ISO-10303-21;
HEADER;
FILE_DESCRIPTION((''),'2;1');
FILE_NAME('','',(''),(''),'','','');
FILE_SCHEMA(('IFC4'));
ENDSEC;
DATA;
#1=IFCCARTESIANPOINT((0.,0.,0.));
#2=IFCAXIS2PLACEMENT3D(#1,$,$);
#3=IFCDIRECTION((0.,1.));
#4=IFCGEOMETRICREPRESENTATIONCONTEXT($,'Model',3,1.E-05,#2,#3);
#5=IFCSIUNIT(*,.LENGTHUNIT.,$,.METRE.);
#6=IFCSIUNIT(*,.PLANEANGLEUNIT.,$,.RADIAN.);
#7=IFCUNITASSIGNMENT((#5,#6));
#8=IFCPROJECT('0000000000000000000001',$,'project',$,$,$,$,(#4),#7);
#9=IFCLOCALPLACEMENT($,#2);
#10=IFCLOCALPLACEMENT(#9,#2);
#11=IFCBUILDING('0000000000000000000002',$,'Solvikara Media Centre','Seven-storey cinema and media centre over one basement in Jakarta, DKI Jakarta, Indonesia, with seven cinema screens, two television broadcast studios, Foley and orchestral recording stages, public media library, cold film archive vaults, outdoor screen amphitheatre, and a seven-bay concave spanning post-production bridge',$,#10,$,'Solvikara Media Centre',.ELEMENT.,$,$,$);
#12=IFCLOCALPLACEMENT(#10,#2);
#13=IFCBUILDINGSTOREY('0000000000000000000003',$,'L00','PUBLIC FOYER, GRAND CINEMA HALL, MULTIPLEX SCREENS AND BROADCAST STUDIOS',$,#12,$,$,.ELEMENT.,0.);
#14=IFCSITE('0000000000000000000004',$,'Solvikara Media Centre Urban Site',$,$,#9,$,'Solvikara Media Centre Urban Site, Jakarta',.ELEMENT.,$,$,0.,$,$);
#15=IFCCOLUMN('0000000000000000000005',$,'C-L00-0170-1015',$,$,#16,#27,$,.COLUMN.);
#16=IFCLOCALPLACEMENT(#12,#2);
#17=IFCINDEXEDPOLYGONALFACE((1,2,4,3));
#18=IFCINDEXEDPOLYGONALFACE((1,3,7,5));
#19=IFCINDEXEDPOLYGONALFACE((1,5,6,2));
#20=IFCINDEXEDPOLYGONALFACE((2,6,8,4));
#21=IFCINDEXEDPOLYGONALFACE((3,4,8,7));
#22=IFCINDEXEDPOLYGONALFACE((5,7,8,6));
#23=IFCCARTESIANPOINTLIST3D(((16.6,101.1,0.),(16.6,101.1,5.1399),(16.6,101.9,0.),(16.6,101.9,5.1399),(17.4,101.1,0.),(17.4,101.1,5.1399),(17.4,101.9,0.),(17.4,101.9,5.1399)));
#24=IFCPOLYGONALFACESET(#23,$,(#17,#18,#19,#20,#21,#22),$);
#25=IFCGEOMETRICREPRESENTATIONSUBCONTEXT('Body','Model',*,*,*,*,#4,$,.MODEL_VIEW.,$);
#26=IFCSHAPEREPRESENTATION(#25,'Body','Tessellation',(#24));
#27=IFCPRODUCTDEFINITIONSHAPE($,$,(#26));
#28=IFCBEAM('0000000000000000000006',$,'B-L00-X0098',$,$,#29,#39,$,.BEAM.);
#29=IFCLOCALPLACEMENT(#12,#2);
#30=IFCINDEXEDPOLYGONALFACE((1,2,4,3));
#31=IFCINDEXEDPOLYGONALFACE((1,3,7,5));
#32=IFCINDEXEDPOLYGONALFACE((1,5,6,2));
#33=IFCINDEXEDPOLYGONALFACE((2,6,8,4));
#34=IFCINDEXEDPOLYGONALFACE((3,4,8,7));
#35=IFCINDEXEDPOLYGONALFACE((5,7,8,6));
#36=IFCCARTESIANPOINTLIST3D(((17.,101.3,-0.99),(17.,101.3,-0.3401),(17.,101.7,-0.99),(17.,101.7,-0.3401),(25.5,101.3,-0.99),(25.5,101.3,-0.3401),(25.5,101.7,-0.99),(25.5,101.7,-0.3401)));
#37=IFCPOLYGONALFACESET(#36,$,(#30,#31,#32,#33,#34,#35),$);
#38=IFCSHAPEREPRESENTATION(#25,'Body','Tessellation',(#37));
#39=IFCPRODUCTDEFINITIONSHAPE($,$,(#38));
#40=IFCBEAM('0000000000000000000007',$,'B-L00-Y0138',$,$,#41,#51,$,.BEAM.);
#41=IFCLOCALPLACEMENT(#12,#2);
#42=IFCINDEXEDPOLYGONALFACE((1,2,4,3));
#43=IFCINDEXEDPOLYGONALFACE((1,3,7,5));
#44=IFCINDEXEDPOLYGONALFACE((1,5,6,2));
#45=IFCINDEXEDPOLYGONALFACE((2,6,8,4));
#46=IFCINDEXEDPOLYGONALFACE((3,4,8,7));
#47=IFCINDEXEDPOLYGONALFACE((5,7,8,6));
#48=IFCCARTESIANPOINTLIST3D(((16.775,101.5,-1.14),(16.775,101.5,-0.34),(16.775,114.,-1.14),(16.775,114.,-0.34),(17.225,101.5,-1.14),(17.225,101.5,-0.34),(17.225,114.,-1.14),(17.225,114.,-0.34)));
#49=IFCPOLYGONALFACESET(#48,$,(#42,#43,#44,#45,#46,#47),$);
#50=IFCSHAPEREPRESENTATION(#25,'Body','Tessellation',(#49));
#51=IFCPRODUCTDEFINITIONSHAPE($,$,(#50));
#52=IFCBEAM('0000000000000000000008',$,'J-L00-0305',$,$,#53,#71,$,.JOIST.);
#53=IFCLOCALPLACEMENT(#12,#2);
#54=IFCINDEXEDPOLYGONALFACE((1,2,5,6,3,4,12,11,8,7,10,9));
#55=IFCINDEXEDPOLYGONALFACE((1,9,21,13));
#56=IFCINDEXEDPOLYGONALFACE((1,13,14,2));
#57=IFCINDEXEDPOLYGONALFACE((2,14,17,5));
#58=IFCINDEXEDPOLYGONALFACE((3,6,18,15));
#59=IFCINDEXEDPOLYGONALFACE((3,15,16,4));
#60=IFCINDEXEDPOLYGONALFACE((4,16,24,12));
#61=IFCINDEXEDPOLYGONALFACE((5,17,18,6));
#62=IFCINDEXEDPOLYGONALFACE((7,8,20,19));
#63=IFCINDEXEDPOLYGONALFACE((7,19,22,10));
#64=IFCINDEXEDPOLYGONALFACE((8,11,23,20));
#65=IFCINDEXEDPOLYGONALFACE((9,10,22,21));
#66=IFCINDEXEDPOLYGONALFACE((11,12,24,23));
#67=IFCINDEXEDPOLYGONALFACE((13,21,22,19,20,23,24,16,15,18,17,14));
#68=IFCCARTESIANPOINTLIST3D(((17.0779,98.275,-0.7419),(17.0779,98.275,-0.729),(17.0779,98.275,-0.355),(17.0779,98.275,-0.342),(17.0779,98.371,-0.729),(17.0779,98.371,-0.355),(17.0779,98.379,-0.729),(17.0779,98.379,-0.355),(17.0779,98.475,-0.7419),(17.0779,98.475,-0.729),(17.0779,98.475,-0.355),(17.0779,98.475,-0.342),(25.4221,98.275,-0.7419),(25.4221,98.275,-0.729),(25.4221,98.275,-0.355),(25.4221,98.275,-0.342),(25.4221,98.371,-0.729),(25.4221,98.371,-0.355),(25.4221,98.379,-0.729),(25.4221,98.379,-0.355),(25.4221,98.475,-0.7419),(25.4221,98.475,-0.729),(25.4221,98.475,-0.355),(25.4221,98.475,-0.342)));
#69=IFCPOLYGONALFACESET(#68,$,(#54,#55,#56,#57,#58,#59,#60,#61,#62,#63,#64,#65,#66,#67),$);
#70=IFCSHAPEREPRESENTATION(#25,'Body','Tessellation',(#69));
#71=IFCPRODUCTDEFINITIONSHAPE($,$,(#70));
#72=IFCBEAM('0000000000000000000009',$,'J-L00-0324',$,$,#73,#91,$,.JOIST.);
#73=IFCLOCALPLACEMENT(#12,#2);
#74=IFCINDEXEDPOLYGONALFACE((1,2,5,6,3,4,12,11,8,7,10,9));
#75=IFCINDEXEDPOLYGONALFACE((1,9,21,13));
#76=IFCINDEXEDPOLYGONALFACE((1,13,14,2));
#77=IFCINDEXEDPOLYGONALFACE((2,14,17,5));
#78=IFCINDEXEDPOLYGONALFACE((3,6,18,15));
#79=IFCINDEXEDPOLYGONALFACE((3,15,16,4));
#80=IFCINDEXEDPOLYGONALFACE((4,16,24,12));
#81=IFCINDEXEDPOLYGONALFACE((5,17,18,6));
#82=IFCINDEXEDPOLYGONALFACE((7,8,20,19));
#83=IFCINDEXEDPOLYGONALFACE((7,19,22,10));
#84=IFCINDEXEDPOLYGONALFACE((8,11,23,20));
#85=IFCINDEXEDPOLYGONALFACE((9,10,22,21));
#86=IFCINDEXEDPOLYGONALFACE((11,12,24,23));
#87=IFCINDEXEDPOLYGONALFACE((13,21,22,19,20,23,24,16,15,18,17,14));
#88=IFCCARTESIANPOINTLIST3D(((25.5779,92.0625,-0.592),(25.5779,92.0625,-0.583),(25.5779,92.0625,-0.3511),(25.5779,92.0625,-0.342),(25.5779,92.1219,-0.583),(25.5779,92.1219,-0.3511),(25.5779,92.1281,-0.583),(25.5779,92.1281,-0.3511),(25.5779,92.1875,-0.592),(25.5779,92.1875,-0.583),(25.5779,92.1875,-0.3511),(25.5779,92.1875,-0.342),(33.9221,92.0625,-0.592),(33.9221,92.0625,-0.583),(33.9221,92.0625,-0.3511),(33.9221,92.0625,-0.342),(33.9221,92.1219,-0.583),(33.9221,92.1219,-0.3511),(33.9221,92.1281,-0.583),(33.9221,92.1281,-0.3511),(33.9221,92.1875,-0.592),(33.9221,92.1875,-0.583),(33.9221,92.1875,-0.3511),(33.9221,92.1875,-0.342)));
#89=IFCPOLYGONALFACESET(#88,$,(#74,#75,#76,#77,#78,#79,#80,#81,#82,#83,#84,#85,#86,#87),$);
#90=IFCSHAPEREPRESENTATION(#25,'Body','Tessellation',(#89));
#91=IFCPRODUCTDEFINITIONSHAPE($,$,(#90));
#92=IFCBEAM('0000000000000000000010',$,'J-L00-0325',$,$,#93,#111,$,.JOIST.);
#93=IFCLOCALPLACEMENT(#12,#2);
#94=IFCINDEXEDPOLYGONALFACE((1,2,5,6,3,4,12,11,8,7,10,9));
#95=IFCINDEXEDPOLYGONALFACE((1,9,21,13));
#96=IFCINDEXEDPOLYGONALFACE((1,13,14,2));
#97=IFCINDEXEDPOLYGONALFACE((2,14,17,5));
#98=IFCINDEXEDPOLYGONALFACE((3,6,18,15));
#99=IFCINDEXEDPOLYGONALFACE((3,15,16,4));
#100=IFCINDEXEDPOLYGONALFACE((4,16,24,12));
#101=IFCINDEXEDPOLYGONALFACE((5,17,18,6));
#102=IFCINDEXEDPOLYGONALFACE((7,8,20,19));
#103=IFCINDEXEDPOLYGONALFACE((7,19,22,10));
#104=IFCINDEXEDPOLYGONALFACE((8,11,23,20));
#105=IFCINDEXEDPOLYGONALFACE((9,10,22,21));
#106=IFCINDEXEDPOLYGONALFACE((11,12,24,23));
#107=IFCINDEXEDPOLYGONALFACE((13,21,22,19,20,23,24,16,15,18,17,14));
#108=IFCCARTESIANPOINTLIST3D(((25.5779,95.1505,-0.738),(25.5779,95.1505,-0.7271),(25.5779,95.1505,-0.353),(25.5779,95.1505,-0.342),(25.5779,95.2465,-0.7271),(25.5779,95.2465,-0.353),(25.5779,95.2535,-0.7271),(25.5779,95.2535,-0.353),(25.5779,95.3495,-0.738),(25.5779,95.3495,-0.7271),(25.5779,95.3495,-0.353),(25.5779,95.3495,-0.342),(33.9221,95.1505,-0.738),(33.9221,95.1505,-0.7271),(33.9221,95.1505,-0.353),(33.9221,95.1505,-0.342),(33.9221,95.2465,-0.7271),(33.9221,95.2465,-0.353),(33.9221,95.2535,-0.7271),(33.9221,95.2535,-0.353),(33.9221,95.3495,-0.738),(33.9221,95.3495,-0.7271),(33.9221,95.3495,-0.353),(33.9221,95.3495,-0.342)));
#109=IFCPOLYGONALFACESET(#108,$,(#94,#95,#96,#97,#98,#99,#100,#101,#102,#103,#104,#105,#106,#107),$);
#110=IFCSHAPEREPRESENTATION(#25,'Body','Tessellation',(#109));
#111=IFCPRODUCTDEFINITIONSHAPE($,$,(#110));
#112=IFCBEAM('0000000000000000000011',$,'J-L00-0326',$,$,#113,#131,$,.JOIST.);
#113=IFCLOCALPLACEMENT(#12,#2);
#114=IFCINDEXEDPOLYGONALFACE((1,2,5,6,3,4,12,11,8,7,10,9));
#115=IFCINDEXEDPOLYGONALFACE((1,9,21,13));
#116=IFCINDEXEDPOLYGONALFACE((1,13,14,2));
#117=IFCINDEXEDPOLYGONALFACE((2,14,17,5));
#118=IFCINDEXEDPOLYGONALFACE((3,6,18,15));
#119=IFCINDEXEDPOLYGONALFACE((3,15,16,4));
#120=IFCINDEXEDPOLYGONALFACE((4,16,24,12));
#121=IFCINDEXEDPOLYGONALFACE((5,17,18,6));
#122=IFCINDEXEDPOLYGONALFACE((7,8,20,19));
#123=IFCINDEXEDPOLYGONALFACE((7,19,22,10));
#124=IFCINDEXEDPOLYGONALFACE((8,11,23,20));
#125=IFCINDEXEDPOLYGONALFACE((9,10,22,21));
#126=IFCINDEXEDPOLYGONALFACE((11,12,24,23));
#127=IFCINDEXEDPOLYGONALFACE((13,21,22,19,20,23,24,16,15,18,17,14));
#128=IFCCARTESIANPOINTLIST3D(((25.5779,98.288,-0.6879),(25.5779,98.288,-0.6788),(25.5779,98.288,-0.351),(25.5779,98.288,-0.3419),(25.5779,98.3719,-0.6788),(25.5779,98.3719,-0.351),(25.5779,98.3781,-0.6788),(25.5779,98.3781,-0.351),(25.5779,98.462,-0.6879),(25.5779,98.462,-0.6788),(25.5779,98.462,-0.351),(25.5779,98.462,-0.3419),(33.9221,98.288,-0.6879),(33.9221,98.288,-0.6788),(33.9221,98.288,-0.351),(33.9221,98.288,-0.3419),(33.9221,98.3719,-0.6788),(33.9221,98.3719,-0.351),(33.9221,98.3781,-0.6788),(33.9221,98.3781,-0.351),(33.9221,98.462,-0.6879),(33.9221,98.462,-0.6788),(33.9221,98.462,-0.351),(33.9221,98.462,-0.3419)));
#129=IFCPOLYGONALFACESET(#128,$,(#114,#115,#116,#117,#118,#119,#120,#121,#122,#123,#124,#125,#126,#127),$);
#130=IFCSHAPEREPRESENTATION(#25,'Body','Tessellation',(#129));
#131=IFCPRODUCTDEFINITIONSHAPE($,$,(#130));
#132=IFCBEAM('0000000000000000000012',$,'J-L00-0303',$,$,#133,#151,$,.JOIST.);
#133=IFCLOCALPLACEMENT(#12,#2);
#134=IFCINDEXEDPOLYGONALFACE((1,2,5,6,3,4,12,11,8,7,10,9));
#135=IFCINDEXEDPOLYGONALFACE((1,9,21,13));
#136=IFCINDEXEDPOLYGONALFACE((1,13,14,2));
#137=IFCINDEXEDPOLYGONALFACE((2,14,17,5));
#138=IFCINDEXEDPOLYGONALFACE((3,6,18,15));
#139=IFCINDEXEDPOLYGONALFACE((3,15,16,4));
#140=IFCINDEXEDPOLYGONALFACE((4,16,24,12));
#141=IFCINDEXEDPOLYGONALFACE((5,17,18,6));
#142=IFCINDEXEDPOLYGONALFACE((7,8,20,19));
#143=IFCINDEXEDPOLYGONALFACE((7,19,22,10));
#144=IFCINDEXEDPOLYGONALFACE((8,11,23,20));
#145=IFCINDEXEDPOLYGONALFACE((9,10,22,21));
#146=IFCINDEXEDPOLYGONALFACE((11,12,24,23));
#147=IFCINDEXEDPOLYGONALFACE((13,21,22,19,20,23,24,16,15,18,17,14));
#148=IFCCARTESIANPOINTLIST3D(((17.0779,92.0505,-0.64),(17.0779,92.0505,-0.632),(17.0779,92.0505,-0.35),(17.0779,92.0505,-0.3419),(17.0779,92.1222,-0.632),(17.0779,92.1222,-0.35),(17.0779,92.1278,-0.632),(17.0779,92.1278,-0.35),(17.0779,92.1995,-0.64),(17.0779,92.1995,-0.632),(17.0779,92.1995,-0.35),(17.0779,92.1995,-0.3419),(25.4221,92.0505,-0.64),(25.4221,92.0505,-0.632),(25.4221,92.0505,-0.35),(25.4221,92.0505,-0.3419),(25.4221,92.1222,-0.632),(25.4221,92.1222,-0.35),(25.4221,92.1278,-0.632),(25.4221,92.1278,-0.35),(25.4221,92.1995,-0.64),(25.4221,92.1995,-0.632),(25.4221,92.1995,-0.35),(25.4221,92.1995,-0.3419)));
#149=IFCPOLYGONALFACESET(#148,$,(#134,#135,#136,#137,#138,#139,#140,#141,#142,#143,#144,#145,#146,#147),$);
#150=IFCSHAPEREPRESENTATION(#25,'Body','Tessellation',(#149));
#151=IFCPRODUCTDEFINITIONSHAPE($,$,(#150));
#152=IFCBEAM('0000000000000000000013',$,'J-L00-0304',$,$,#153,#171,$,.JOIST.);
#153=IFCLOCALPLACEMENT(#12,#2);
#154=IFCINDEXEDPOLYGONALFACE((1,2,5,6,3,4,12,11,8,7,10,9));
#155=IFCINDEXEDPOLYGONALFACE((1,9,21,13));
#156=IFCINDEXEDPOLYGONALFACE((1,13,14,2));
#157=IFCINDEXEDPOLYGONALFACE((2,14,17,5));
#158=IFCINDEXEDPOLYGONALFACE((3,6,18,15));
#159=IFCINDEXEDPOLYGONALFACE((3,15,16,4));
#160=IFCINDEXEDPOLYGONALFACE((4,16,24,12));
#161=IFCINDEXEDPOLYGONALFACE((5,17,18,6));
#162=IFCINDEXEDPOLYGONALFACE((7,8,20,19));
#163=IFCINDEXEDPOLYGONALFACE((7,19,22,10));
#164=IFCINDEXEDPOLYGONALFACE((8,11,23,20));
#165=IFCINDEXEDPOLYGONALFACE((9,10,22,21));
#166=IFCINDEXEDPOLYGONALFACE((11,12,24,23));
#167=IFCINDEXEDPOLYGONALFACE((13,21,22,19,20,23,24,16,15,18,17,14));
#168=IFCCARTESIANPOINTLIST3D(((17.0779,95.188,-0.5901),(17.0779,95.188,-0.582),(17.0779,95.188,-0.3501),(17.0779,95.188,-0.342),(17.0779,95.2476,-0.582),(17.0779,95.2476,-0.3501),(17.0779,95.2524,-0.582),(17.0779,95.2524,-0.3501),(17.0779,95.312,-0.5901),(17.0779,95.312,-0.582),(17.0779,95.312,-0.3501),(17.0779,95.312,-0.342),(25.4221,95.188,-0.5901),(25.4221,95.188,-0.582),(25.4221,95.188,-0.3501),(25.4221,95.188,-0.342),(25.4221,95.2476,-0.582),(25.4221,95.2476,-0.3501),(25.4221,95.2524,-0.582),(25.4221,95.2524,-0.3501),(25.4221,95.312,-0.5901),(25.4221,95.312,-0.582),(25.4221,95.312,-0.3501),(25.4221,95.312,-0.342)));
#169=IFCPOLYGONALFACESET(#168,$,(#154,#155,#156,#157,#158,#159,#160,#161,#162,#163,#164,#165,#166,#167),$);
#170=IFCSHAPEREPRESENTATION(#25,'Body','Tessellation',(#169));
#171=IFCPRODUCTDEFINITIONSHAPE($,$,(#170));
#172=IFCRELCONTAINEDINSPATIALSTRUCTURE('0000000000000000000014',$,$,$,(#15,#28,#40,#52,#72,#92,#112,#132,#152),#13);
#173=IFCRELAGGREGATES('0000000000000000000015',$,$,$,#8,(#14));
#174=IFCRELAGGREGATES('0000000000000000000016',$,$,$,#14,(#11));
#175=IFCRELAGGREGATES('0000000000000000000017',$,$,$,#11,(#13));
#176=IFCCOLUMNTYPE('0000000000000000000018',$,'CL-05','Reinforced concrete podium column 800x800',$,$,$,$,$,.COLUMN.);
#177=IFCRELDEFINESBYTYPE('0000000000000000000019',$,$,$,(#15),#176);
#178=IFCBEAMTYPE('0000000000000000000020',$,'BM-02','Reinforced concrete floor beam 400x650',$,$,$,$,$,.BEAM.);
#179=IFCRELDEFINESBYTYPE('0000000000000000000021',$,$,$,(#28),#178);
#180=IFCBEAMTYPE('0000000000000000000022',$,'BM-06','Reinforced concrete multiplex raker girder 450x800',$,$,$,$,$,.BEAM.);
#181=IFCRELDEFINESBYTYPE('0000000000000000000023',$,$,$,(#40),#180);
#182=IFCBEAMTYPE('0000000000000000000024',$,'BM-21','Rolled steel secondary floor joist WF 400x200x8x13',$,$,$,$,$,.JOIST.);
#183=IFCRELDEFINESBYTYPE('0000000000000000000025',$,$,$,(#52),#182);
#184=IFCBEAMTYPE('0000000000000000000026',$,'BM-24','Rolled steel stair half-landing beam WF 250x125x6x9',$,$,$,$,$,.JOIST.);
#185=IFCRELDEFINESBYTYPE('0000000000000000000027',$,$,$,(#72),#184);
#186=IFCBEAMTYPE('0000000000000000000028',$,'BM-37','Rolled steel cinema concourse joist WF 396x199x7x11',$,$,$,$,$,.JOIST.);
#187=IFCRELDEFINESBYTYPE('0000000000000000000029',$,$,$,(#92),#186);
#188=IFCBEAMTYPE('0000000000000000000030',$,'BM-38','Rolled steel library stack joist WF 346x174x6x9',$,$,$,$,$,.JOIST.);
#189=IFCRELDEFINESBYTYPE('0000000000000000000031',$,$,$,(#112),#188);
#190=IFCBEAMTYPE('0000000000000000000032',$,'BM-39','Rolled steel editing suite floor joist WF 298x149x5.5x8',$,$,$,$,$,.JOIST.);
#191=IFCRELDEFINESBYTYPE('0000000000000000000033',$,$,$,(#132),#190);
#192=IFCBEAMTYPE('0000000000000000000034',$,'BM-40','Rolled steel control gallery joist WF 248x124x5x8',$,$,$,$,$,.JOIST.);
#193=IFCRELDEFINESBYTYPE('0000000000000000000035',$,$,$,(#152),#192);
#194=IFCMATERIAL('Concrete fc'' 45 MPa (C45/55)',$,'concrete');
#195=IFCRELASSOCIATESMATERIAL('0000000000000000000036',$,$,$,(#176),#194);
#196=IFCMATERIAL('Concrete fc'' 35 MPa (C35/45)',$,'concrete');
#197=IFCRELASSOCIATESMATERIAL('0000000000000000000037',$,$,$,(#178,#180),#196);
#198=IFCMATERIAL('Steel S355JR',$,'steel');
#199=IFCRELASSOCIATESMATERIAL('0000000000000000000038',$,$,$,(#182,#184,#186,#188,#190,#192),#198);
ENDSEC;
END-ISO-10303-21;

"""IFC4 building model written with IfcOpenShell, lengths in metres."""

from ifc_helpers import new_model, si_unit, direction, frame, origin, origin_2d, place, context, subcontext, project, spatial, rectangle, i_section, extrude, material, material_profile, profile_set, type_object, element, save


model = new_model("IFC4")

# Units and contexts
model_context = context("Model", 3, precision=1e-05, world=origin(), true_north=direction((0.0, 1.0)))
body_context = subcontext(model_context, "Body", "Model", "MODEL_VIEW")
ifc_project = project(units=[si_unit("LENGTHUNIT", "METRE"), si_unit("PLANEANGLEUNIT", "RADIAN")], contexts=[model_context])

# Site, building, storey
site_placement = place(None, origin())
site = spatial("IfcSite", under=ifc_project, at=site_placement, Name="Solvikara Media Centre Urban Site", LongName="Solvikara Media Centre Urban Site, Jakarta", CompositionType="ELEMENT", RefElevation=0.0)
building_placement = place(site_placement, origin())
building = spatial("IfcBuilding", under=site, at=building_placement, Name="Solvikara Media Centre", Description="Seven-storey cinema and media centre over one basement in Jakarta, DKI Jakarta, Indonesia, with seven cinema screens, two television broadcast studios, Foley and orchestral recording stages, public media library, cold film archive vaults, outdoor screen amphitheatre, and a seven-bay concave spanning post-production bridge", LongName="Solvikara Media Centre", CompositionType="ELEMENT")
storey_placement = place(building_placement, origin())
storey = spatial("IfcBuildingStorey", under=building, at=storey_placement, Name="L00", Description="PUBLIC FOYER, GRAND CINEMA HALL, MULTIPLEX SCREENS AND BROADCAST STUDIOS", CompositionType="ELEMENT", Elevation=0.0)

# Column
ifc_material_1 = material(Name="Concrete fc' 45 MPa (C45/55)", Category="concrete")
ifc_material_profile_1 = material_profile(ifc_material_1, rectangle(XDim=0.8, YDim=0.8, at=origin_2d()), Name="RC 800x800")
ifc_profile_set_1 = profile_set([ifc_material_profile_1], Name="Concrete fc' 45 MPa (C45/55)")
column_type = type_object("IfcColumnType", Name="CL-05", Description="Reinforced concrete podium column 800x800", PredefinedType="COLUMN", material=ifc_profile_set_1)
column_placement = place(storey_placement, frame((17.0, 101.5, 0.0), z_axis=(0.0, 0.0, 1.0), x_axis=(1.0, 0.0, 0.0)))
element("IfcColumn", 1, at=column_placement, inside=storey, type_object=column_type, Name="C-L00-0170-1015", PredefinedType="COLUMN", context=body_context, shape_type="SweptSolid", body=[
    extrude(rectangle(XDim=0.8, YDim=0.8, at=origin_2d()), origin(), (0.0, 0.0, 1.0), 5.1399),
])

# Beams
ifc_material_2 = material(Name="Concrete fc' 35 MPa (C35/45)", Category="concrete")
ifc_material_profile_2 = material_profile(ifc_material_2, rectangle(XDim=0.3999, YDim=0.6499, at=origin_2d()), Name="RC 400x650")
ifc_profile_set_2 = profile_set([ifc_material_profile_2], Name="Concrete fc' 35 MPa (C35/45)")
beam_type_1 = type_object("IfcBeamType", Name="BM-02", Description="Reinforced concrete floor beam 400x650", PredefinedType="BEAM", material=ifc_profile_set_2)
beam_1_placement = place(storey_placement, frame((17.0, 101.5, -0.665), z_axis=(1.0, 0.0, 0.0), x_axis=(0.0, 1.0, 0.0)))
element("IfcBeam", 2, at=beam_1_placement, inside=storey, type_object=beam_type_1, Name="B-L00-X0098", PredefinedType="BEAM", context=body_context, shape_type="SweptSolid", body=[
    extrude(rectangle(XDim=0.3999, YDim=0.6499, at=origin_2d()), origin(), (0.0, 0.0, 1.0), 8.5),
])
ifc_material_profile_3 = material_profile(ifc_material_2, rectangle(XDim=0.45, YDim=0.8, at=origin_2d()), Name="RC 450x800")
ifc_profile_set_3 = profile_set([ifc_material_profile_3], Name="Concrete fc' 35 MPa (C35/45)")
beam_type_2 = type_object("IfcBeamType", Name="BM-06", Description="Reinforced concrete multiplex raker girder 450x800", PredefinedType="BEAM", material=ifc_profile_set_3)
beam_2_placement = place(storey_placement, frame((17.0, 101.5, -0.74), z_axis=(0.0, 1.0, 0.0), x_axis=(-1.0, 0.0, 0.0)))
element("IfcBeam", 3, at=beam_2_placement, inside=storey, type_object=beam_type_2, Name="B-L00-Y0138", PredefinedType="BEAM", context=body_context, shape_type="SweptSolid", body=[
    extrude(rectangle(XDim=0.45, YDim=0.8, at=origin_2d()), origin(), (0.0, 0.0, 1.0), 12.5),
])
ifc_material_3 = material(Name="Steel S355JR", Category="steel")
ifc_material_profile_4 = material_profile(ifc_material_3, i_section(OverallWidth=0.2, OverallDepth=0.3999, WebThickness=0.0081, FlangeThickness=0.0129, at=origin_2d()), Name="WF 400x200x8x13")
ifc_profile_set_4 = profile_set([ifc_material_profile_4], Name="Steel S355JR")
beam_type_3 = type_object("IfcBeamType", Name="BM-21", Description="Rolled steel secondary floor joist WF 400x200x8x13", PredefinedType="JOIST", material=ifc_profile_set_4)
beam_3_placement = place(storey_placement, frame((17.0779, 98.375, -0.542), z_axis=(1.0, 0.0, 0.0), x_axis=(0.0, 1.0, 0.0)))
element("IfcBeam", 4, at=beam_3_placement, inside=storey, type_object=beam_type_3, Name="J-L00-0305", PredefinedType="JOIST", context=body_context, shape_type="SweptSolid", body=[
    extrude(i_section(OverallWidth=0.2, OverallDepth=0.3999, WebThickness=0.0081, FlangeThickness=0.0129, at=origin_2d()), origin(), (0.0, 0.0, 1.0), 8.3442),
])
ifc_material_profile_5 = material_profile(ifc_material_3, i_section(OverallWidth=0.125, OverallDepth=0.25, WebThickness=0.0061, FlangeThickness=0.009, at=origin_2d()), Name="WF 250x125x6x9")
ifc_profile_set_5 = profile_set([ifc_material_profile_5], Name="Steel S355JR")
beam_type_4 = type_object("IfcBeamType", Name="BM-24", Description="Rolled steel stair half-landing beam WF 250x125x6x9", PredefinedType="JOIST", material=ifc_profile_set_5)
beam_4_placement = place(storey_placement, frame((25.5779, 92.125, -0.467), z_axis=(1.0, 0.0, 0.0), x_axis=(0.0, 1.0, 0.0)))
element("IfcBeam", 5, at=beam_4_placement, inside=storey, type_object=beam_type_4, Name="J-L00-0324", PredefinedType="JOIST", context=body_context, shape_type="SweptSolid", body=[
    extrude(i_section(OverallWidth=0.125, OverallDepth=0.25, WebThickness=0.0061, FlangeThickness=0.009, at=origin_2d()), origin(), (0.0, 0.0, 1.0), 8.3442),
])
ifc_material_profile_6 = material_profile(ifc_material_3, i_section(OverallWidth=0.199, OverallDepth=0.396, WebThickness=0.0071, FlangeThickness=0.011, at=origin_2d()), Name="WF 396x199x7x11")
ifc_profile_set_6 = profile_set([ifc_material_profile_6], Name="Steel S355JR")
beam_type_5 = type_object("IfcBeamType", Name="BM-37", Description="Rolled steel cinema concourse joist WF 396x199x7x11", PredefinedType="JOIST", material=ifc_profile_set_6)
beam_5_placement = place(storey_placement, frame((25.5779, 95.25, -0.54), z_axis=(1.0, 0.0, 0.0), x_axis=(0.0, 1.0, 0.0)))
element("IfcBeam", 6, at=beam_5_placement, inside=storey, type_object=beam_type_5, Name="J-L00-0325", PredefinedType="JOIST", context=body_context, shape_type="SweptSolid", body=[
    extrude(i_section(OverallWidth=0.199, OverallDepth=0.396, WebThickness=0.0071, FlangeThickness=0.011, at=origin_2d()), origin(), (0.0, 0.0, 1.0), 8.3442),
])
ifc_material_profile_7 = material_profile(ifc_material_3, i_section(OverallWidth=0.1741, OverallDepth=0.3459, WebThickness=0.0061, FlangeThickness=0.009, at=origin_2d()), Name="WF 346x174x6x9")
ifc_profile_set_7 = profile_set([ifc_material_profile_7], Name="Steel S355JR")
beam_type_6 = type_object("IfcBeamType", Name="BM-38", Description="Rolled steel library stack joist WF 346x174x6x9", PredefinedType="JOIST", material=ifc_profile_set_7)
beam_6_placement = place(storey_placement, frame((25.5779, 98.375, -0.5149), z_axis=(1.0, 0.0, 0.0), x_axis=(0.0, 1.0, 0.0)))
element("IfcBeam", 7, at=beam_6_placement, inside=storey, type_object=beam_type_6, Name="J-L00-0326", PredefinedType="JOIST", context=body_context, shape_type="SweptSolid", body=[
    extrude(i_section(OverallWidth=0.1741, OverallDepth=0.3459, WebThickness=0.0061, FlangeThickness=0.009, at=origin_2d()), origin(), (0.0, 0.0, 1.0), 8.3442),
])
ifc_material_profile_8 = material_profile(ifc_material_3, i_section(OverallWidth=0.1489, OverallDepth=0.2981, WebThickness=0.0056, FlangeThickness=0.0081, at=origin_2d()), Name="WF 298x149x5.5x8")
ifc_profile_set_8 = profile_set([ifc_material_profile_8], Name="Steel S355JR")
beam_type_7 = type_object("IfcBeamType", Name="BM-39", Description="Rolled steel editing suite floor joist WF 298x149x5.5x8", PredefinedType="JOIST", material=ifc_profile_set_8)
beam_7_placement = place(storey_placement, frame((17.0779, 92.125, -0.491), z_axis=(1.0, 0.0, 0.0), x_axis=(0.0, 1.0, 0.0)))
element("IfcBeam", 8, at=beam_7_placement, inside=storey, type_object=beam_type_7, Name="J-L00-0303", PredefinedType="JOIST", context=body_context, shape_type="SweptSolid", body=[
    extrude(i_section(OverallWidth=0.1489, OverallDepth=0.2981, WebThickness=0.0056, FlangeThickness=0.0081, at=origin_2d()), origin(), (0.0, 0.0, 1.0), 8.3442),
])
ifc_material_profile_9 = material_profile(ifc_material_3, i_section(OverallWidth=0.124, OverallDepth=0.248, WebThickness=0.0049, FlangeThickness=0.0081, at=origin_2d()), Name="WF 248x124x5x8")
ifc_profile_set_9 = profile_set([ifc_material_profile_9], Name="Steel S355JR")
beam_type_8 = type_object("IfcBeamType", Name="BM-40", Description="Rolled steel control gallery joist WF 248x124x5x8", PredefinedType="JOIST", material=ifc_profile_set_9)
beam_8_placement = place(storey_placement, frame((17.0779, 95.25, -0.4661), z_axis=(1.0, 0.0, 0.0), x_axis=(0.0, 1.0, 0.0)))
element("IfcBeam", 9, at=beam_8_placement, inside=storey, type_object=beam_type_8, Name="J-L00-0304", PredefinedType="JOIST", context=body_context, shape_type="SweptSolid", body=[
    extrude(i_section(OverallWidth=0.124, OverallDepth=0.248, WebThickness=0.0049, FlangeThickness=0.0081, at=origin_2d()), origin(), (0.0, 0.0, 1.0), 8.3442),
])

save(model, "model.ifc")
